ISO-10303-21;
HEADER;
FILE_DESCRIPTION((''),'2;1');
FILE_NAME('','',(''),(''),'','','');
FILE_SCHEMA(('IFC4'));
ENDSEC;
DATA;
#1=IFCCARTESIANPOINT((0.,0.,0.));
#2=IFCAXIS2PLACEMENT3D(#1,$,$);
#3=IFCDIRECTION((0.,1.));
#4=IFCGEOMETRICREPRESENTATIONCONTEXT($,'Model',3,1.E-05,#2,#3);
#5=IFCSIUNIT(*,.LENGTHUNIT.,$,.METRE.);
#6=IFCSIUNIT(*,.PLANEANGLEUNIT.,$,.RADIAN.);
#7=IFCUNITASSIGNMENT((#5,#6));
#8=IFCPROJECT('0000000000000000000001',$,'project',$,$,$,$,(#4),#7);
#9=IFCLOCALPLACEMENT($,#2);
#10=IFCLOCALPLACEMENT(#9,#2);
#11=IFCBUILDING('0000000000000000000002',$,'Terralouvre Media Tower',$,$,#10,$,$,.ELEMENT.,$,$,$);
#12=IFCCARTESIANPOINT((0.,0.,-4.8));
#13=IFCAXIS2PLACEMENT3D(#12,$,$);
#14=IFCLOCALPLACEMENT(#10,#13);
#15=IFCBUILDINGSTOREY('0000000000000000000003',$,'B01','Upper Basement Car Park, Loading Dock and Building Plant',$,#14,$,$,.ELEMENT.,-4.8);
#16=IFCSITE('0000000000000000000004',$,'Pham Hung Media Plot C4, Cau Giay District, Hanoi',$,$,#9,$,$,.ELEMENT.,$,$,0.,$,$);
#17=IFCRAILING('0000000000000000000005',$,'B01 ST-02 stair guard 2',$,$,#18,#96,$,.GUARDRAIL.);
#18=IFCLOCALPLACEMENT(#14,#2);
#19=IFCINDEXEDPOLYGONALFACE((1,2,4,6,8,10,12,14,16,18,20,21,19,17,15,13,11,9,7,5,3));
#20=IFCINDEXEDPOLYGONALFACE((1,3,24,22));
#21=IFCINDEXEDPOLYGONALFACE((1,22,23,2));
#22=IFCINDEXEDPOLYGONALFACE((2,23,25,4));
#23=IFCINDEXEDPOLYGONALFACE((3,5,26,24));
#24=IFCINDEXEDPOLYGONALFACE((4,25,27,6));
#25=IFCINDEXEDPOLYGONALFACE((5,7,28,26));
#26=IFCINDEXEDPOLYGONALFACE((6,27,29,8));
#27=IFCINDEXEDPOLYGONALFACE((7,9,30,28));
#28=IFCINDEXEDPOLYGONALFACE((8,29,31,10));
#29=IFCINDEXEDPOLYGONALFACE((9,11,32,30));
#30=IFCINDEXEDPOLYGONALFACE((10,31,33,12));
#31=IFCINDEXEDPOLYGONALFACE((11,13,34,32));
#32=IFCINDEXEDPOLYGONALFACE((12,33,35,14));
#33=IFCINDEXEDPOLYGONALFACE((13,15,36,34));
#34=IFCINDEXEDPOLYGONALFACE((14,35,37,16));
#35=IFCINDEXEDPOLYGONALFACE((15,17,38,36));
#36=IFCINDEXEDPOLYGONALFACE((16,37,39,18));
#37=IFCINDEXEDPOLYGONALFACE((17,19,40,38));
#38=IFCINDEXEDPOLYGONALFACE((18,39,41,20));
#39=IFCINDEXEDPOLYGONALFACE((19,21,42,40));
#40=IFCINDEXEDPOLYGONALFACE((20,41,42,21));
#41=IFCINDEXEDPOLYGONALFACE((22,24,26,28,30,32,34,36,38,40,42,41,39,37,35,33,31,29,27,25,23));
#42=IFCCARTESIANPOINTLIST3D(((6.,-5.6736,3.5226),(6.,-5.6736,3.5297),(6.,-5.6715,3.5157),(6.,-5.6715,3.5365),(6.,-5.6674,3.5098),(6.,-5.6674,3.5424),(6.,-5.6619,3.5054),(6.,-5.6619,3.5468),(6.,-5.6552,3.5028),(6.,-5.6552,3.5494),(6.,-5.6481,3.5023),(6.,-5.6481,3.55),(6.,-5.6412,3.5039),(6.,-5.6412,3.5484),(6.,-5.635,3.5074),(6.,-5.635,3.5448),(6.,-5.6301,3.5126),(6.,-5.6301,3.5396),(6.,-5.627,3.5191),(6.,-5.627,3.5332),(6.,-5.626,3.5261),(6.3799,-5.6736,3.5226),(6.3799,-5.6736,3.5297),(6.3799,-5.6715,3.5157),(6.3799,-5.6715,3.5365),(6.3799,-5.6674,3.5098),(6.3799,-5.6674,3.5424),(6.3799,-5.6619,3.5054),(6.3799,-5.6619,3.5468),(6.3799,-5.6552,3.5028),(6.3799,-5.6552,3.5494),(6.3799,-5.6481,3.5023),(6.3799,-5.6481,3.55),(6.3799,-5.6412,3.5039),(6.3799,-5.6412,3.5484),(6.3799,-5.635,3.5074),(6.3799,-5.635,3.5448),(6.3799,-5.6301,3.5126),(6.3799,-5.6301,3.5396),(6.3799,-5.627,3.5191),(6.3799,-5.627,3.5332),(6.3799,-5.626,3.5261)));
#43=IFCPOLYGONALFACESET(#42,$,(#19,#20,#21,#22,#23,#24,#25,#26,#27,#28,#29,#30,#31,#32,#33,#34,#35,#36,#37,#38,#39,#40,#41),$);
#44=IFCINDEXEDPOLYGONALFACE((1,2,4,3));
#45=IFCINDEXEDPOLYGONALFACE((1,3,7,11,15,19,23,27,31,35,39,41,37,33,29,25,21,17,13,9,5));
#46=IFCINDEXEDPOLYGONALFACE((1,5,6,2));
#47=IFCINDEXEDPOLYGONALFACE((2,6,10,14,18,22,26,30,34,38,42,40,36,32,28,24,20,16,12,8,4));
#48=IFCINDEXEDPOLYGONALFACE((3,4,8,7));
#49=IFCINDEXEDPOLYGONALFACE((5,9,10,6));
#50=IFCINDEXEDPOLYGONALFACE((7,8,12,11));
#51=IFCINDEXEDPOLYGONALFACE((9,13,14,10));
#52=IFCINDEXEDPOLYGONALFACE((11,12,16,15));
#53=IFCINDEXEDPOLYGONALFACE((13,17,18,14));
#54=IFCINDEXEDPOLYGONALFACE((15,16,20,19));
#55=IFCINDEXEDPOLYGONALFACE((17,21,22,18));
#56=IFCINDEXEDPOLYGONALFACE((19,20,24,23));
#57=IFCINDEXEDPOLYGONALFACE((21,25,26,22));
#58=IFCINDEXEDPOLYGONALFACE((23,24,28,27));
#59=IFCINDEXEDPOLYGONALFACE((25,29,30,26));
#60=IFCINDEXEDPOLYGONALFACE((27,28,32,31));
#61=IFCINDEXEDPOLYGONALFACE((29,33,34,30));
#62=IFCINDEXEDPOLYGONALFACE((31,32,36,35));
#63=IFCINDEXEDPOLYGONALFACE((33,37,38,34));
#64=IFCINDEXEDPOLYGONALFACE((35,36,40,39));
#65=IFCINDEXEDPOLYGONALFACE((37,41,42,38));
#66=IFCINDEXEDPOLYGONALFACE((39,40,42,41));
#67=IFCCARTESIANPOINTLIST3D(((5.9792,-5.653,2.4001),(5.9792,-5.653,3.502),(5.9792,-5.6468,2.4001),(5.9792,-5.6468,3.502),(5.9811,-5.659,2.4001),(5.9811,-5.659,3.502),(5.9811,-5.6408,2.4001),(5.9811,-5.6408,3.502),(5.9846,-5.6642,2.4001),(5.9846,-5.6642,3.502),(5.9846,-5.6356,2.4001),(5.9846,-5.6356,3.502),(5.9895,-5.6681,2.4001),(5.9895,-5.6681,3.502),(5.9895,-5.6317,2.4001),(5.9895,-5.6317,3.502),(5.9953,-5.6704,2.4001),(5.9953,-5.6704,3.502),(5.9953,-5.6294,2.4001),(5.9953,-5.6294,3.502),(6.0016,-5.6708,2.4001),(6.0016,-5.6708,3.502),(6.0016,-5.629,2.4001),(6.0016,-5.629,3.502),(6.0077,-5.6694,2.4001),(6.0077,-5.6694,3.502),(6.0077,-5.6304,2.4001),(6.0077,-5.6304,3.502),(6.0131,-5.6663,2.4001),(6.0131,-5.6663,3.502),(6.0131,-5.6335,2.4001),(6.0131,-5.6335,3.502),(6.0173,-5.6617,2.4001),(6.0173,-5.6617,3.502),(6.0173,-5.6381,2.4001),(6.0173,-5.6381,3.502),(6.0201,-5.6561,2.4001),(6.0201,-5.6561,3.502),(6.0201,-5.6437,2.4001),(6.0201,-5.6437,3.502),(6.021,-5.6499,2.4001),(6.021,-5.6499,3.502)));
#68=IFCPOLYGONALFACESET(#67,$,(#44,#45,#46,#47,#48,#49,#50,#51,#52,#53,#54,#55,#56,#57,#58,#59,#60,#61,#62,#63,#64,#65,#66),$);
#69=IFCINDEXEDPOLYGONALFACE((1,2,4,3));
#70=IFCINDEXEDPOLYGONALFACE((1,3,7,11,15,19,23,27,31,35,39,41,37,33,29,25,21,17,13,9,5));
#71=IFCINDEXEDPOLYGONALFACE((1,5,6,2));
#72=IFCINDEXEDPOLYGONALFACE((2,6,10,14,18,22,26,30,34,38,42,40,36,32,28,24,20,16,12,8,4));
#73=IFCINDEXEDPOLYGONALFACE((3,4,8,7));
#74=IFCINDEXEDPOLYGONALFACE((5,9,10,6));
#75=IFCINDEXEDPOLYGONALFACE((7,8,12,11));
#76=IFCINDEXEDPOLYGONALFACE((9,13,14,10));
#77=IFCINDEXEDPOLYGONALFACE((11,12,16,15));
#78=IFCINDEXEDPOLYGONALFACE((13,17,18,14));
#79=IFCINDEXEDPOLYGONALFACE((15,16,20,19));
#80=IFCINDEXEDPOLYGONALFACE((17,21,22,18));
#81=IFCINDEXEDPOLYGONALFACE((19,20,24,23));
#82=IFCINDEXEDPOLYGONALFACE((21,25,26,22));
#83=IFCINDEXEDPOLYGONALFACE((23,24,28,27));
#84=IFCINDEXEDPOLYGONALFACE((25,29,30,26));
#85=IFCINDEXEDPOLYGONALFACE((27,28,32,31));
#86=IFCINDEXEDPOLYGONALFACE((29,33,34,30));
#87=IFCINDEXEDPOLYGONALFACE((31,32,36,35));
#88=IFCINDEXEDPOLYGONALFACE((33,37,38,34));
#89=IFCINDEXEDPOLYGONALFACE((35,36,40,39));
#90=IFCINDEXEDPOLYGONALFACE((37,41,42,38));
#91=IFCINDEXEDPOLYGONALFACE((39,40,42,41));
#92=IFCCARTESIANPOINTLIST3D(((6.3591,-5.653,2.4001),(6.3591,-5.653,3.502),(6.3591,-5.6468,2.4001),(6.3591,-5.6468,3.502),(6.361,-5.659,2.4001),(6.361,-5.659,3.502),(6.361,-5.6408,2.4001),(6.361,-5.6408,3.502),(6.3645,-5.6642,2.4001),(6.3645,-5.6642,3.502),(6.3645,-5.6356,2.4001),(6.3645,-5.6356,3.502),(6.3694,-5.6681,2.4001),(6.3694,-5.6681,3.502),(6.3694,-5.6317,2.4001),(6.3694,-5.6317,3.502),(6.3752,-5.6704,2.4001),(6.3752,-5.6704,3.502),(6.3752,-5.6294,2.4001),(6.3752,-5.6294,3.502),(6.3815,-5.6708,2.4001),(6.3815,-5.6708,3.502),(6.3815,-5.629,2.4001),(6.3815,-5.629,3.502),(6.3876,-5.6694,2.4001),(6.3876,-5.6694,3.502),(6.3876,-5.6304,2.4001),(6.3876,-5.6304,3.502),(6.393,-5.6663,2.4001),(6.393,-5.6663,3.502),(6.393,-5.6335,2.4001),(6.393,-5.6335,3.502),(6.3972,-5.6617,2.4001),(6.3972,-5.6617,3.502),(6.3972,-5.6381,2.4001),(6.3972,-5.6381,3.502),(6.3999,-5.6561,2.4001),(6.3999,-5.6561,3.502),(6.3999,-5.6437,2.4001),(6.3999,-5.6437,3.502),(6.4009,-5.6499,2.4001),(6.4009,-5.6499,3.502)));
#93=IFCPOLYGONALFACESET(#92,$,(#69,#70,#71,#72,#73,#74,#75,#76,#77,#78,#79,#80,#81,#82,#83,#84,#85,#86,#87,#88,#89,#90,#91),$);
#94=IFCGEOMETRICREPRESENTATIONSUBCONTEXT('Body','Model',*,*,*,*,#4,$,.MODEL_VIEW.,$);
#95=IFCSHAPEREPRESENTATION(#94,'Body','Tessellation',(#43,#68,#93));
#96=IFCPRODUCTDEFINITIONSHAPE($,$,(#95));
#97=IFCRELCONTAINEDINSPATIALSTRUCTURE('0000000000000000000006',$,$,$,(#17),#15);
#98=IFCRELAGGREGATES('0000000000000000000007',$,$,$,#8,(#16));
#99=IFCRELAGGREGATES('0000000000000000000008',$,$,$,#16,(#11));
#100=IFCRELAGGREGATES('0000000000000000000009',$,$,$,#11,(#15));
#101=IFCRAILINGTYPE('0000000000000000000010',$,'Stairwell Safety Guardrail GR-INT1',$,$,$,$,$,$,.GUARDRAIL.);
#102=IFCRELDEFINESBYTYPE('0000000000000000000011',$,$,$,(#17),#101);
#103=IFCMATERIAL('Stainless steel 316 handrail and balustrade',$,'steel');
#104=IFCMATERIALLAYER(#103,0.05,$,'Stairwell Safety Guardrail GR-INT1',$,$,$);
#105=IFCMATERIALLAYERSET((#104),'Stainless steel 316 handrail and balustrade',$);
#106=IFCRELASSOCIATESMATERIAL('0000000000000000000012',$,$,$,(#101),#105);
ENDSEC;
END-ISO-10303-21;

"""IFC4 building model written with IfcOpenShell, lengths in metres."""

from ifc_helpers import new_model, si_unit, direction, frame, origin, origin_2d, place, context, subcontext, project, spatial, circle, extrude, material, layer, layer_set, type_object, element, save


model = new_model("IFC4")

# Units and contexts
model_context = context("Model", 3, precision=1e-05, world=origin(), true_north=direction((0.0, 1.0)))
body_context = subcontext(model_context, "Body", "Model", "MODEL_VIEW")
ifc_project = project(units=[si_unit("LENGTHUNIT", "METRE"), si_unit("PLANEANGLEUNIT", "RADIAN")], contexts=[model_context])

# Site, building, storey
site_placement = place(None, origin())
site = spatial("IfcSite", under=ifc_project, at=site_placement, Name="Pham Hung Media Plot C4, Cau Giay District, Hanoi", CompositionType="ELEMENT", RefElevation=0.0)
building_placement = place(site_placement, origin())
building = spatial("IfcBuilding", under=site, at=building_placement, Name="Terralouvre Media Tower", CompositionType="ELEMENT")
storey_placement = place(building_placement, frame((0.0, 0.0, -4.8)))
storey = spatial("IfcBuildingStorey", under=building, at=storey_placement, Name="B01", Description="Upper Basement Car Park, Loading Dock and Building Plant", CompositionType="ELEMENT", Elevation=-4.8)

# Railing
ifc_material_1 = material(Name="Stainless steel 316 handrail and balustrade", Category="steel")
ifc_layer_1 = layer(ifc_material_1, 0.05, Name="Stairwell Safety Guardrail GR-INT1")
ifc_layer_set_1 = layer_set([ifc_layer_1], Name="Stainless steel 316 handrail and balustrade")
railing_type_1 = type_object("IfcRailingType", Name="Stairwell Safety Guardrail GR-INT1", PredefinedType="GUARDRAIL", material=ifc_layer_set_1)
railing_1_placement = place(storey_placement, frame((6.0, -5.6499, 2.4001)))
element("IfcRailing", 1, at=railing_1_placement, inside=storey, type_object=railing_type_1, Name="B01 ST-02 stair guard 2", PredefinedType="GUARDRAIL", context=body_context, shape_type="SweptSolid", body=[
    extrude(circle(Radius=0.0239, at=origin_2d()), frame((0.0, 0.0, 1.126), z_axis=(1.0, 0.0, 0.0), x_axis=(0.0, 1.0, 0.0)), (0.0, 0.0, 1.0), 0.3799),
    extrude(circle(Radius=0.021, at=origin_2d()), origin(), (0.0, 0.0, 1.0), 1.1018),
    extrude(circle(Radius=0.021, at=origin_2d()), frame((0.3799, 0.0, 0.0)), (0.0, 0.0, 1.0), 1.1018),
])

save(model, "model.ifc")
